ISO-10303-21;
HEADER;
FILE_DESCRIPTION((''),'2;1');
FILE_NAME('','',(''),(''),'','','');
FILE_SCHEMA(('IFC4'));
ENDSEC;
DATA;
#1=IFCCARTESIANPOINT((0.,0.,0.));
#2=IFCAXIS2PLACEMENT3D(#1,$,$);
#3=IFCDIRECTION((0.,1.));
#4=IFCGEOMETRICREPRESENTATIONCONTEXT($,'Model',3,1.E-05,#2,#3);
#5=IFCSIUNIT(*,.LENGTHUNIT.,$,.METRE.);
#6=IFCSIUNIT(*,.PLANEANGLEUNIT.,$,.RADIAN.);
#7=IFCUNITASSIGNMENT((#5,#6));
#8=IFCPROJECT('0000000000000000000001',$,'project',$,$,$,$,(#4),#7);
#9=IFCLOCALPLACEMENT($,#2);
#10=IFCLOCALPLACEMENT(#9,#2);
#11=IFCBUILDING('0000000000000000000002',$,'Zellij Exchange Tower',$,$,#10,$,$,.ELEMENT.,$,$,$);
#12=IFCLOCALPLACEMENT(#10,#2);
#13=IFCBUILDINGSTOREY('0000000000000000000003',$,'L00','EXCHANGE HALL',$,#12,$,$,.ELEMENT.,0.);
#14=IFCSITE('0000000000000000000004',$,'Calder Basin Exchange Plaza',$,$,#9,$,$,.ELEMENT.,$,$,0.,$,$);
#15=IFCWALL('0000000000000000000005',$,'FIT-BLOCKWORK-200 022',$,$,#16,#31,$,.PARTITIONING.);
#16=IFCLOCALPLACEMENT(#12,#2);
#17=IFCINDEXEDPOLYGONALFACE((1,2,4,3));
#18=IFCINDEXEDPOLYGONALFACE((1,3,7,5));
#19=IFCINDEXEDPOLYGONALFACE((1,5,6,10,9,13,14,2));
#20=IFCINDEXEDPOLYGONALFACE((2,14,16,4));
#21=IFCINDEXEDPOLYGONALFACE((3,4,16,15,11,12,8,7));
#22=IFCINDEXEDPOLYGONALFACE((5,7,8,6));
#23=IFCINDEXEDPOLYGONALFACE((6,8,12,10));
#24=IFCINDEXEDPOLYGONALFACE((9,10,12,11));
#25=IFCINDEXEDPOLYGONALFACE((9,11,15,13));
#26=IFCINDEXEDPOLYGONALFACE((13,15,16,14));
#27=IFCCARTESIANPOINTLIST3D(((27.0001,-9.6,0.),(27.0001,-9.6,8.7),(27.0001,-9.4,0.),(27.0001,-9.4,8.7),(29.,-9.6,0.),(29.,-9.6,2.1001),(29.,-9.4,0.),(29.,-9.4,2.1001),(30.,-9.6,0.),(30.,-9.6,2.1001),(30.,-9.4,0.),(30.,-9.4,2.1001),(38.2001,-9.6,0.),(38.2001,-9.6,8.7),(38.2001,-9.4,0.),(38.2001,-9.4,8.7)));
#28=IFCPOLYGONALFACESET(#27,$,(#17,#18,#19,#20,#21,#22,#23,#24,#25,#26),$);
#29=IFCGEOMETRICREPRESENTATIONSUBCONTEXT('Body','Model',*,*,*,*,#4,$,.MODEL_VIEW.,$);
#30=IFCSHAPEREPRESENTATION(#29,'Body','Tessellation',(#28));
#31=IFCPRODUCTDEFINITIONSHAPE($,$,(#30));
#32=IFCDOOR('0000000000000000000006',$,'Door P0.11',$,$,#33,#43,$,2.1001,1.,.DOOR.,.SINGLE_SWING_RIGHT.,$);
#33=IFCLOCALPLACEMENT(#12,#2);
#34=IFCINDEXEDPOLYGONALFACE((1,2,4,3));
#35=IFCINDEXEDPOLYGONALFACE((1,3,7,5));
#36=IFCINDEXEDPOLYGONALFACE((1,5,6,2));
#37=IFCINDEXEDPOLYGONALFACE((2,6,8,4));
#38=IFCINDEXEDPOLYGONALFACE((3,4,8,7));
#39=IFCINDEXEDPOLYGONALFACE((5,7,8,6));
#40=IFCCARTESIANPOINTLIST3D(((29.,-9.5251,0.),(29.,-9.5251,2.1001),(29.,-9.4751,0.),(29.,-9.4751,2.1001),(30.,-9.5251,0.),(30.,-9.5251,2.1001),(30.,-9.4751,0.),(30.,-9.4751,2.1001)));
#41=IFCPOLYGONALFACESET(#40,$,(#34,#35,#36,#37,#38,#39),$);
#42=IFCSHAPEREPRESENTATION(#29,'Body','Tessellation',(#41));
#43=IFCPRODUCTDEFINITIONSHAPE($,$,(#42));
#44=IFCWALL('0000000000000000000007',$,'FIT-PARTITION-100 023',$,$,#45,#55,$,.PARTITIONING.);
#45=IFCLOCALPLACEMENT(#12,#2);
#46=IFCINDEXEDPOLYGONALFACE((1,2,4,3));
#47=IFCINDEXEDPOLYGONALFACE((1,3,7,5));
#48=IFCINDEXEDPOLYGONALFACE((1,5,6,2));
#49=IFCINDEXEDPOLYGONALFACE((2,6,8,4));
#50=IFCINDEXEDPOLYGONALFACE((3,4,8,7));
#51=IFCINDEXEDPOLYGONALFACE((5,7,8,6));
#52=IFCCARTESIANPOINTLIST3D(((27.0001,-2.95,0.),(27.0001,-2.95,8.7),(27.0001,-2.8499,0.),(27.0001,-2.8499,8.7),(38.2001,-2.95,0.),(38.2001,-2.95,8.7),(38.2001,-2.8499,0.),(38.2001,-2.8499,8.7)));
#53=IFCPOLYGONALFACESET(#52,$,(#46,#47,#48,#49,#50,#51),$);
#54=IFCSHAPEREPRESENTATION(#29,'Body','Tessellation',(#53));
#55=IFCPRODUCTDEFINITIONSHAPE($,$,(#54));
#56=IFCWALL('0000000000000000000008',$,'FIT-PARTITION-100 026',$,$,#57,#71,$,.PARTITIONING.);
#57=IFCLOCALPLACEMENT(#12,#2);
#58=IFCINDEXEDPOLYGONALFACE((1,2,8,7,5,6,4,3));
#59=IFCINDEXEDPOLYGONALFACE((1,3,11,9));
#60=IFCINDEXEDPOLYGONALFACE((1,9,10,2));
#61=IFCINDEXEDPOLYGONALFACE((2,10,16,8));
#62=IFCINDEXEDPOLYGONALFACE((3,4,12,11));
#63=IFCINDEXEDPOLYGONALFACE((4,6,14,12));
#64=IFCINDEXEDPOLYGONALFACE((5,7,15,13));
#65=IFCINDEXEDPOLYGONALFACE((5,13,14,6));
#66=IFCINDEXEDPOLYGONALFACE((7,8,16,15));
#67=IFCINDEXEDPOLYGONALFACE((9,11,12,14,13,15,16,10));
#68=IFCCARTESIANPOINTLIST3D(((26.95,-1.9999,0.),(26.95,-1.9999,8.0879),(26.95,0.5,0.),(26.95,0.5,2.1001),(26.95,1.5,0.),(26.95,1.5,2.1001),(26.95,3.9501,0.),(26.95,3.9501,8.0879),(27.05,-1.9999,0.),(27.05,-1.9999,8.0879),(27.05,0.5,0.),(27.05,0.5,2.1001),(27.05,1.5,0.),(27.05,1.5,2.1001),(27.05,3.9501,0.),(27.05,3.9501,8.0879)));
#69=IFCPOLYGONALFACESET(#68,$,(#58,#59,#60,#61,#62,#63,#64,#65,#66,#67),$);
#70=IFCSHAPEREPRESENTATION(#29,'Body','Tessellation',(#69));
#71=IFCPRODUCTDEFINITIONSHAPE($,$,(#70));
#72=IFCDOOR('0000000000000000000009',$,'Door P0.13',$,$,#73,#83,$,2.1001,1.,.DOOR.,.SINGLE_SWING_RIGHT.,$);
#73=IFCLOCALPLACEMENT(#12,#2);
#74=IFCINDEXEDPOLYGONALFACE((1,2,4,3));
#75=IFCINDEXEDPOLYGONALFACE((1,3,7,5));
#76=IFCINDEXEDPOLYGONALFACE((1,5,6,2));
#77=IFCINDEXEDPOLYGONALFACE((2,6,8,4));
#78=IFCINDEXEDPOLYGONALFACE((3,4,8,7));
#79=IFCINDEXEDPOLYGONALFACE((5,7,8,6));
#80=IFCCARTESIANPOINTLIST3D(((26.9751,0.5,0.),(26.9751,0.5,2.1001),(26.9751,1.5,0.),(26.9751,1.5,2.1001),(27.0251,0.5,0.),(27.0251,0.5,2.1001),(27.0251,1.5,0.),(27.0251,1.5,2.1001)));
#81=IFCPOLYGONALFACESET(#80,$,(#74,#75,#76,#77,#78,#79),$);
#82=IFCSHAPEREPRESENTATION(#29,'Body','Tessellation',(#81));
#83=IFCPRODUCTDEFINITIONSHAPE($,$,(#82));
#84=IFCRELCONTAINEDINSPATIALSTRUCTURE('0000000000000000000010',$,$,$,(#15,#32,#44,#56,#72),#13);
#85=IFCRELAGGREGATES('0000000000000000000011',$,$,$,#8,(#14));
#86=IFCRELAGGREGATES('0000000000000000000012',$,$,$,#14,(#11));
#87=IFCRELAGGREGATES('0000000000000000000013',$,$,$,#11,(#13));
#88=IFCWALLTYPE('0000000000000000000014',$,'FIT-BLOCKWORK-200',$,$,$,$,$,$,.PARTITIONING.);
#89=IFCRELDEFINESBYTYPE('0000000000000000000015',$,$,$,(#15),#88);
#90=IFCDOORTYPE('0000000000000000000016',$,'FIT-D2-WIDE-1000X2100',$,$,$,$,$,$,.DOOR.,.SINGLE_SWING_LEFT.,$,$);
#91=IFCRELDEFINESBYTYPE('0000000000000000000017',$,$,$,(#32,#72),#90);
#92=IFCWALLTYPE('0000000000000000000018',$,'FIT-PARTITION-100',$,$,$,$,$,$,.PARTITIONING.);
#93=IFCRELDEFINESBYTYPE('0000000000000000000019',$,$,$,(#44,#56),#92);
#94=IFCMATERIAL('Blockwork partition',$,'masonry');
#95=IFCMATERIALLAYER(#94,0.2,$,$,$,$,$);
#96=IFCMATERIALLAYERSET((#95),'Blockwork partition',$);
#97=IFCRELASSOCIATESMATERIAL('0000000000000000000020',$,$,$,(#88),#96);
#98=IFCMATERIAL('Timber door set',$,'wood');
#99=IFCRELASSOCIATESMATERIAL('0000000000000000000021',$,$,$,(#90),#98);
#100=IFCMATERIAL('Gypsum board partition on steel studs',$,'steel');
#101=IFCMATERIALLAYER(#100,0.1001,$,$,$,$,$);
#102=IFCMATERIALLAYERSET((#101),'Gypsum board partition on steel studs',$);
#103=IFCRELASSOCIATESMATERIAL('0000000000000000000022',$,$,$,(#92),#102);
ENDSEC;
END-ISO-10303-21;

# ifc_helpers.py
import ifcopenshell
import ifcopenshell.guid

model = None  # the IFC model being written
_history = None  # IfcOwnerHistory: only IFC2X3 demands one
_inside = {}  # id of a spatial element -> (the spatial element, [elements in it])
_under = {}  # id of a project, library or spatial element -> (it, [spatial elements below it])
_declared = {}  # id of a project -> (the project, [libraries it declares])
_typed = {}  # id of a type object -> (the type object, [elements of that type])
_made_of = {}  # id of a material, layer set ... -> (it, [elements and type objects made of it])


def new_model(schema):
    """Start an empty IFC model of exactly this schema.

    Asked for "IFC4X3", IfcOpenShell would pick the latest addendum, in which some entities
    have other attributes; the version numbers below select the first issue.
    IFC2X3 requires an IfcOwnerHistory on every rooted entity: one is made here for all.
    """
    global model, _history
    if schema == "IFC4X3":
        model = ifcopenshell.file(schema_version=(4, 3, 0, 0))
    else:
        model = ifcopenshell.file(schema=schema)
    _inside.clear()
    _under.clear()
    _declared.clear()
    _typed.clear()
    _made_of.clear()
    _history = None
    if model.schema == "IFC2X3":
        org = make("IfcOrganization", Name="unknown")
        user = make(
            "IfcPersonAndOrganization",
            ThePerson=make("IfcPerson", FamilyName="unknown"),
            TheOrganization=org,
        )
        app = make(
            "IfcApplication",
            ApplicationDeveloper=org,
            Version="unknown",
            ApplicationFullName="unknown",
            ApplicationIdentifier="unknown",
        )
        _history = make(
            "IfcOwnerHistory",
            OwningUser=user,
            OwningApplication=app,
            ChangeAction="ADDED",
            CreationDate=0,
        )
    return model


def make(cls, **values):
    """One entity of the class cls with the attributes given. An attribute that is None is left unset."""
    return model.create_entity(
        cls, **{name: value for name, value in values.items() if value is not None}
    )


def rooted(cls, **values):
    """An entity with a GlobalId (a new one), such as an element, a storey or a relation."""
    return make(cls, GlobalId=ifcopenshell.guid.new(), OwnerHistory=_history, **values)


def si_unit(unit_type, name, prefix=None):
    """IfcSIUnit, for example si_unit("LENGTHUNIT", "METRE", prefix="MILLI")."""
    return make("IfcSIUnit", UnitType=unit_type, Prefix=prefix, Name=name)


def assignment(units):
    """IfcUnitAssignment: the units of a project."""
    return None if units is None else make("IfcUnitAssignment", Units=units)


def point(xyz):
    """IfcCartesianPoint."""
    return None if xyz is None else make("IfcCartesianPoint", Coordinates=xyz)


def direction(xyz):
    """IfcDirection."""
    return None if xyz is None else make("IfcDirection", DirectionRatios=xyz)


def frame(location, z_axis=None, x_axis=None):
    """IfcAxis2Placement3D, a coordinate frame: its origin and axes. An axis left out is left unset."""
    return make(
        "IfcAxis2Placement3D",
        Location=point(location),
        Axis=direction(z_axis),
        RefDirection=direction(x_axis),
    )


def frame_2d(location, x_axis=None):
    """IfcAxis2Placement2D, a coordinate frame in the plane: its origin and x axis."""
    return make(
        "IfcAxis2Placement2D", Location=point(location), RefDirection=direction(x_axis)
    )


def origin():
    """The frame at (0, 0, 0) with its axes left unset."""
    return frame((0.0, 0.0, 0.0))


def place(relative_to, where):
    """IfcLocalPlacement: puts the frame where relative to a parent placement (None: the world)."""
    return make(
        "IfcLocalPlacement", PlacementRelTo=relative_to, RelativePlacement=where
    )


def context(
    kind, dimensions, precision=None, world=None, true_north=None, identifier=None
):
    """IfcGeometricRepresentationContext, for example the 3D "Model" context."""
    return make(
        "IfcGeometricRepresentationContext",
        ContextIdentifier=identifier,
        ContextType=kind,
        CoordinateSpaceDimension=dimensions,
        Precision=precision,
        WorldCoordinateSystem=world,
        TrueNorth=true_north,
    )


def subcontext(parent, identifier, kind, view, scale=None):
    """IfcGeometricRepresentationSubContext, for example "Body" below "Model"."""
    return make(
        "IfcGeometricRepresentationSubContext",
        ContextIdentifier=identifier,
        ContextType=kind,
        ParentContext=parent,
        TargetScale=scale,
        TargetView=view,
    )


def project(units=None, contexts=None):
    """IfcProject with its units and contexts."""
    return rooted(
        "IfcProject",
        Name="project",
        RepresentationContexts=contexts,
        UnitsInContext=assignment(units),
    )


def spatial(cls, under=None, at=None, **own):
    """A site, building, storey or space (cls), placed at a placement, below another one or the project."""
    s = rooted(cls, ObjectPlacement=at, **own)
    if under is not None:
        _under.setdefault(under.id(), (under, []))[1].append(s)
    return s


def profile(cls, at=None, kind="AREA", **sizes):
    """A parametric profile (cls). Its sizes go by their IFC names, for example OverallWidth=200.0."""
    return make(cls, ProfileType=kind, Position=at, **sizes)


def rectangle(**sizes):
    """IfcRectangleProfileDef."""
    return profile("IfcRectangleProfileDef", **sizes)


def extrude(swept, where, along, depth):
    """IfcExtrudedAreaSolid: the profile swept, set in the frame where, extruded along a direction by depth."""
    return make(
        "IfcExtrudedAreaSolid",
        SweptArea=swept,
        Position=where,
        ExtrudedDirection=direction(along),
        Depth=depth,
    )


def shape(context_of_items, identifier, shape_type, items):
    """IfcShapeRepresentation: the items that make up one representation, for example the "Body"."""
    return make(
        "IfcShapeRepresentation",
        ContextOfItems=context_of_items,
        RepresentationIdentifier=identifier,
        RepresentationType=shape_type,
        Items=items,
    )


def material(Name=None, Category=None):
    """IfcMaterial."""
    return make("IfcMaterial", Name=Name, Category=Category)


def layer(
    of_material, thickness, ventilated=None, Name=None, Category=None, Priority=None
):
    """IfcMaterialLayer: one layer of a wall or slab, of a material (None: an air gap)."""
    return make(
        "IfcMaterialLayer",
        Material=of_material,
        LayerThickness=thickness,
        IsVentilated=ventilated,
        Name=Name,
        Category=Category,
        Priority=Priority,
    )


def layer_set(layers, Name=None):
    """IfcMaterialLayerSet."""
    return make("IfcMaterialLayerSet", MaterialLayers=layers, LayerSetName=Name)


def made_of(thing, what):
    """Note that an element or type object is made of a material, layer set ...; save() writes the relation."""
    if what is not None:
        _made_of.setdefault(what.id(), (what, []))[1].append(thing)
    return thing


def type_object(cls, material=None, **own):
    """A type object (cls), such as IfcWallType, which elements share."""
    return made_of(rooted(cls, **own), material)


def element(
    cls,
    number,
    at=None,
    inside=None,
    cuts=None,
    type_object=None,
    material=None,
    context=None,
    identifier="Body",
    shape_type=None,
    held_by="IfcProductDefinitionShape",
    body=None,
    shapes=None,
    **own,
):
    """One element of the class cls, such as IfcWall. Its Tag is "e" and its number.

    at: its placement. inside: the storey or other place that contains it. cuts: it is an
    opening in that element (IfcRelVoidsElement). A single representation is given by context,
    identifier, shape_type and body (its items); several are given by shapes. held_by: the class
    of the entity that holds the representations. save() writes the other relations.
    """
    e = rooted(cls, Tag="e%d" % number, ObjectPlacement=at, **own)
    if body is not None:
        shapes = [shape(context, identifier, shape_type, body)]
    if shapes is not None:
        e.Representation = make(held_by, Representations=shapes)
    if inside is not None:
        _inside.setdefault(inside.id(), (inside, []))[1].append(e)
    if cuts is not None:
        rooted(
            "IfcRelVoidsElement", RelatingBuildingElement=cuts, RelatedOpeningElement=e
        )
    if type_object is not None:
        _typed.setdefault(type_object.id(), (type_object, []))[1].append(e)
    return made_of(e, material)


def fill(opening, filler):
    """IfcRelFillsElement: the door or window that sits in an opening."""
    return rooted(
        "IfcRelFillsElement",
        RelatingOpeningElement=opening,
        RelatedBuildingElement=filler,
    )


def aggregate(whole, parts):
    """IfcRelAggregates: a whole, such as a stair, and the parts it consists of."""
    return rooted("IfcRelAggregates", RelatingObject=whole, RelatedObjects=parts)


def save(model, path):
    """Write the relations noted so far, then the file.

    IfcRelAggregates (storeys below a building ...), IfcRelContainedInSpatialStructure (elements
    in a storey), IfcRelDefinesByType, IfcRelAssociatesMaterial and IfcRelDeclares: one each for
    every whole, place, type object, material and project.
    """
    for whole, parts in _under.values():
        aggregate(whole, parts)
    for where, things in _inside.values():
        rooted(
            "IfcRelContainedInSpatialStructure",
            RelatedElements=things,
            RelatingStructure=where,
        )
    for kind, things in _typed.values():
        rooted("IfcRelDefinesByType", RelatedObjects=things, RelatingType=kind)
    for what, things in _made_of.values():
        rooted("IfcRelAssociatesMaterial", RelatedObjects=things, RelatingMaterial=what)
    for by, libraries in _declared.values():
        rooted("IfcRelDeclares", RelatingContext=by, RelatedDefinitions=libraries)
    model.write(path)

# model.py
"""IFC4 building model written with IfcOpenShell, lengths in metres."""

from ifc_helpers import new_model, si_unit, direction, frame, frame_2d, origin, place, context, subcontext, project, spatial, rectangle, extrude, material, layer, layer_set, type_object, element, fill, save


model = new_model("IFC4")

# Units and contexts
model_context = context("Model", 3, precision=1e-05, world=origin(), true_north=direction((0.0, 1.0)))
body_context = subcontext(model_context, "Body", "Model", "MODEL_VIEW")
ifc_project = project(units=[si_unit("LENGTHUNIT", "METRE"), si_unit("PLANEANGLEUNIT", "RADIAN")], contexts=[model_context])

# Site, building, storey
site_placement = place(None, origin())
site = spatial("IfcSite", under=ifc_project, at=site_placement, Name="Calder Basin Exchange Plaza", CompositionType="ELEMENT", RefElevation=0.0)
building_placement = place(site_placement, origin())
building = spatial("IfcBuilding", under=site, at=building_placement, Name="Zellij Exchange Tower", CompositionType="ELEMENT")
storey_placement = place(building_placement, origin())
storey = spatial("IfcBuildingStorey", under=building, at=storey_placement, Name="L00", Description="EXCHANGE HALL", CompositionType="ELEMENT", Elevation=0.0)

# Wall, opening, door
ifc_material_1 = material(Name="Blockwork partition", Category="masonry")
ifc_layer_1 = layer(ifc_material_1, 0.2)
ifc_layer_set_1 = layer_set([ifc_layer_1], Name="Blockwork partition")
wall_type_1 = type_object("IfcWallType", Name="FIT-BLOCKWORK-200", PredefinedType="PARTITIONING", material=ifc_layer_set_1)
wall_1_placement = place(storey_placement, frame((27.0, -9.5, 0.0), z_axis=(0.0, 0.0, 1.0), x_axis=(1.0, 0.0, 0.0)))
wall_1 = element("IfcWall", 1, at=wall_1_placement, inside=storey, type_object=wall_type_1, Name="FIT-BLOCKWORK-200 022", PredefinedType="PARTITIONING", context=body_context, shape_type="SweptSolid", body=[
    extrude(rectangle(XDim=11.2, YDim=0.2, at=frame_2d((5.6001, 0.0))), origin(), (0.0, 0.0, 1.0), 8.7),
])
opening_1_placement = place(wall_1_placement, frame((2.0, 0.0, 0.0)))
opening_1 = element("IfcOpeningElement", 2, at=opening_1_placement, cuts=wall_1, PredefinedType="OPENING", context=body_context, shape_type="SweptSolid", body=[
    extrude(rectangle(XDim=1.0, YDim=2.1001, at=frame_2d((0.5, 1.05))), frame((0.0, 0.1118, 0.0), z_axis=(0.0, -1.0, 0.0), x_axis=(1.0, 0.0, 0.0)), (0.0, 0.0, 1.0), 0.2239),
])
ifc_material_2 = material(Name="Timber door set", Category="wood")
door_type = type_object("IfcDoorType", Name="FIT-D2-WIDE-1000X2100", OperationType="SINGLE_SWING_LEFT", PredefinedType="DOOR", material=ifc_material_2)
door_1_placement = place(opening_1_placement, origin())
door_1 = element("IfcDoor", 3, at=door_1_placement, inside=storey, type_object=door_type, Name="Door P0.11", OperationType="SINGLE_SWING_RIGHT", OverallHeight=2.1001, OverallWidth=1.0, PredefinedType="DOOR", context=body_context, shape_type="SweptSolid", body=[
    extrude(rectangle(XDim=1.0, YDim=2.1001, at=frame_2d((0.5, 1.05))), frame((0.0, 0.0249, 0.0), z_axis=(0.0, -1.0, 0.0), x_axis=(1.0, 0.0, 0.0)), (0.0, 0.0, 1.0), 0.05),
])
fill(opening_1, door_1)

# Wall
ifc_material_3 = material(Name="Gypsum board partition on steel studs", Category="steel")
ifc_layer_2 = layer(ifc_material_3, 0.1001)
ifc_layer_set_2 = layer_set([ifc_layer_2], Name="Gypsum board partition on steel studs")
wall_type_2 = type_object("IfcWallType", Name="FIT-PARTITION-100", PredefinedType="PARTITIONING", material=ifc_layer_set_2)
wall_2_placement = place(storey_placement, frame((27.0, -2.8999, 0.0), z_axis=(0.0, 0.0, 1.0), x_axis=(1.0, 0.0, 0.0)))
element("IfcWall", 4, at=wall_2_placement, inside=storey, type_object=wall_type_2, Name="FIT-PARTITION-100 023", PredefinedType="PARTITIONING", context=body_context, shape_type="SweptSolid", body=[
    extrude(rectangle(XDim=11.2, YDim=0.1001, at=frame_2d((5.6001, 0.0))), origin(), (0.0, 0.0, 1.0), 8.7),
])

# Wall, opening, door
wall_3_placement = place(storey_placement, frame((27.0, -2.0, 0.0), z_axis=(0.0, 0.0, 1.0), x_axis=(0.0, 1.0, 0.0)))
wall_3 = element("IfcWall", 5, at=wall_3_placement, inside=storey, type_object=wall_type_2, Name="FIT-PARTITION-100 026", PredefinedType="PARTITIONING", context=body_context, shape_type="SweptSolid", body=[
    extrude(rectangle(XDim=5.95, YDim=0.1001, at=frame_2d((2.9751, 0.0))), origin(), (0.0, 0.0, 1.0), 8.0879),
])
opening_2_placement = place(wall_3_placement, frame((2.5, 0.0, 0.0)))
opening_2 = element("IfcOpeningElement", 6, at=opening_2_placement, cuts=wall_3, PredefinedType="OPENING", context=body_context, shape_type="SweptSolid", body=[
    extrude(rectangle(XDim=1.0, YDim=2.1001, at=frame_2d((0.5, 1.05))), frame((0.0, 0.062, 0.0), z_axis=(0.0, -1.0, 0.0), x_axis=(1.0, 0.0, 0.0)), (0.0, 0.0, 1.0), 0.124),
])
door_2_placement = place(opening_2_placement, origin())
door_2 = element("IfcDoor", 7, at=door_2_placement, inside=storey, type_object=door_type, Name="Door P0.13", OperationType="SINGLE_SWING_RIGHT", OverallHeight=2.1001, OverallWidth=1.0, PredefinedType="DOOR", context=body_context, shape_type="SweptSolid", body=[
    extrude(rectangle(XDim=1.0, YDim=2.1001, at=frame_2d((0.5, 1.05))), frame((0.0, 0.0249, 0.0), z_axis=(0.0, -1.0, 0.0), x_axis=(1.0, 0.0, 0.0)), (0.0, 0.0, 1.0), 0.05),
])
fill(opening_2, door_2)

save(model, "model.ifc")
